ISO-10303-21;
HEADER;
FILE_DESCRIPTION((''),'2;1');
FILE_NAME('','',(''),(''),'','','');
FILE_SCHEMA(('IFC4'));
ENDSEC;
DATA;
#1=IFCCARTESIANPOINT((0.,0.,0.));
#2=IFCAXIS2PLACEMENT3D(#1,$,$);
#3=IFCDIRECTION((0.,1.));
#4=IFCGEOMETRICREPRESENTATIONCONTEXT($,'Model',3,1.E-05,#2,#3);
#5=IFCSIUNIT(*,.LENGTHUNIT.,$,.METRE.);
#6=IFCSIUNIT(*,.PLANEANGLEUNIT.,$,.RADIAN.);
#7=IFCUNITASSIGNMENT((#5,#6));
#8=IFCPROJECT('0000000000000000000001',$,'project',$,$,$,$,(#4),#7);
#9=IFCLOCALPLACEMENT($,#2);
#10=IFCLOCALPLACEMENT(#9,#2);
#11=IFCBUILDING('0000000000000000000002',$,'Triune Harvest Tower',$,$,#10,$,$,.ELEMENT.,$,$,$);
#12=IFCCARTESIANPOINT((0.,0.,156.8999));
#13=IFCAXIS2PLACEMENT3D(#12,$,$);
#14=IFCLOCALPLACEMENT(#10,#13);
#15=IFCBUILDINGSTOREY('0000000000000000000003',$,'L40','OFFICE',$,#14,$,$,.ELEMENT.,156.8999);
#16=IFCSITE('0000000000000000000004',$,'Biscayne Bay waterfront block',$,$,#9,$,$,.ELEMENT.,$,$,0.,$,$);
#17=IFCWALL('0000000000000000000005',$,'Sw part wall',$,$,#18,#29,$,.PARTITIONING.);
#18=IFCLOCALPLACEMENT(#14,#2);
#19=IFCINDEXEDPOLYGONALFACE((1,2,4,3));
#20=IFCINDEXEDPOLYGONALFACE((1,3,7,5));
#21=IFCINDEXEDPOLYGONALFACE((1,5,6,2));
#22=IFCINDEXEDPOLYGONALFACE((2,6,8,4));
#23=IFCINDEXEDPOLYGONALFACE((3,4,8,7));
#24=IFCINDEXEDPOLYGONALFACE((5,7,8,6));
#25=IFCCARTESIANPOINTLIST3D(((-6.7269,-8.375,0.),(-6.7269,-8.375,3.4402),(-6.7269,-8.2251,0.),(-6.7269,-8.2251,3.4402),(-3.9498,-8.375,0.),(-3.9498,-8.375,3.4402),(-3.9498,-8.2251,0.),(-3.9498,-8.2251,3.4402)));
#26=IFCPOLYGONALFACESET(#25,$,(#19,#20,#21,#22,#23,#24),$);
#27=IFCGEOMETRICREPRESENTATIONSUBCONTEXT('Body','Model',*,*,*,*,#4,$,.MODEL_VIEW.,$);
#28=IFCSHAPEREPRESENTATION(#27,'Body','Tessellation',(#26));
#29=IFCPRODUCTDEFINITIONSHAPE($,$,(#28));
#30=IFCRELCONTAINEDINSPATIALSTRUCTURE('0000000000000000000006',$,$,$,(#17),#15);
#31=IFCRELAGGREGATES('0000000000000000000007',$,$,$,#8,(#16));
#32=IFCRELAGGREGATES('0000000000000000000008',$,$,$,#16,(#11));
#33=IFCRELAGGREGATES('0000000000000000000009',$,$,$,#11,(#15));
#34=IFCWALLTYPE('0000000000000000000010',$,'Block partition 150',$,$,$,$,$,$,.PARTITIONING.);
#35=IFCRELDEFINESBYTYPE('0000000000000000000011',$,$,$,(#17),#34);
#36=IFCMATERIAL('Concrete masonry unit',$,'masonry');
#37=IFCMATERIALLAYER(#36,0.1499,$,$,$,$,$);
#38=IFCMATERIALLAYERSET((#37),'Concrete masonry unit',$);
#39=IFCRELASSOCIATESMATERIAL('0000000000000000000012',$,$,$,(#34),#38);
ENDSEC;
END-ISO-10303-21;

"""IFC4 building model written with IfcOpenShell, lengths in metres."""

from ifc_helpers import new_model, si_unit, direction, frame, frame_2d, origin, place, context, subcontext, project, spatial, rectangle, extrude, source, transform, mapped, material, layer, layer_set, type_object, element, save


model = new_model("IFC4")

# Units and contexts
model_context = context("Model", 3, precision=1e-05, world=origin(), true_north=direction((0.0, 1.0)))
body_context = subcontext(model_context, "Body", "Model", "MODEL_VIEW")
ifc_project = project(units=[si_unit("LENGTHUNIT", "METRE"), si_unit("PLANEANGLEUNIT", "RADIAN")], contexts=[model_context])

# Site, building, storey
site_placement = place(None, origin())
site = spatial("IfcSite", under=ifc_project, at=site_placement, Name="Biscayne Bay waterfront block", CompositionType="ELEMENT", RefElevation=0.0)
building_placement = place(site_placement, origin())
building = spatial("IfcBuilding", under=site, at=building_placement, Name="Triune Harvest Tower", CompositionType="ELEMENT")
storey_placement = place(building_placement, frame((0.0, 0.0, 156.8999)))
storey = spatial("IfcBuildingStorey", under=building, at=storey_placement, Name="L40", Description="OFFICE", CompositionType="ELEMENT", Elevation=156.8999)

# Wall
ifc_material_1 = material(Name="Concrete masonry unit", Category="masonry")
ifc_layer_1 = layer(ifc_material_1, 0.1499)
ifc_layer_set_1 = layer_set([ifc_layer_1], Name="Concrete masonry unit")
wall_type_1 = type_object("IfcWallType", Name="Block partition 150", PredefinedType="PARTITIONING", material=ifc_layer_set_1)
shared_shape_1 = source(origin(), body_context, "Body", "SweptSolid", [
    extrude(rectangle(XDim=2.7771, YDim=0.1499, at=frame_2d((1.3887, 0.0))), origin(), (0.0, 0.0, 1.0), 3.4402),
])
wall_1_placement = place(storey_placement, frame((-6.7271, -8.3, 0.0), z_axis=(0.0, 0.0, 1.0), x_axis=(1.0, 0.0, 0.0)))
element("IfcWall", 1, at=wall_1_placement, inside=storey, type_object=wall_type_1, Name="Sw part wall", PredefinedType="PARTITIONING", context=body_context, shape_type="MappedRepresentation", body=[
    mapped(shared_shape_1, transform((0.0, 0.0, 0.0), scale=1.0)),
])

save(model, "model.ifc")
